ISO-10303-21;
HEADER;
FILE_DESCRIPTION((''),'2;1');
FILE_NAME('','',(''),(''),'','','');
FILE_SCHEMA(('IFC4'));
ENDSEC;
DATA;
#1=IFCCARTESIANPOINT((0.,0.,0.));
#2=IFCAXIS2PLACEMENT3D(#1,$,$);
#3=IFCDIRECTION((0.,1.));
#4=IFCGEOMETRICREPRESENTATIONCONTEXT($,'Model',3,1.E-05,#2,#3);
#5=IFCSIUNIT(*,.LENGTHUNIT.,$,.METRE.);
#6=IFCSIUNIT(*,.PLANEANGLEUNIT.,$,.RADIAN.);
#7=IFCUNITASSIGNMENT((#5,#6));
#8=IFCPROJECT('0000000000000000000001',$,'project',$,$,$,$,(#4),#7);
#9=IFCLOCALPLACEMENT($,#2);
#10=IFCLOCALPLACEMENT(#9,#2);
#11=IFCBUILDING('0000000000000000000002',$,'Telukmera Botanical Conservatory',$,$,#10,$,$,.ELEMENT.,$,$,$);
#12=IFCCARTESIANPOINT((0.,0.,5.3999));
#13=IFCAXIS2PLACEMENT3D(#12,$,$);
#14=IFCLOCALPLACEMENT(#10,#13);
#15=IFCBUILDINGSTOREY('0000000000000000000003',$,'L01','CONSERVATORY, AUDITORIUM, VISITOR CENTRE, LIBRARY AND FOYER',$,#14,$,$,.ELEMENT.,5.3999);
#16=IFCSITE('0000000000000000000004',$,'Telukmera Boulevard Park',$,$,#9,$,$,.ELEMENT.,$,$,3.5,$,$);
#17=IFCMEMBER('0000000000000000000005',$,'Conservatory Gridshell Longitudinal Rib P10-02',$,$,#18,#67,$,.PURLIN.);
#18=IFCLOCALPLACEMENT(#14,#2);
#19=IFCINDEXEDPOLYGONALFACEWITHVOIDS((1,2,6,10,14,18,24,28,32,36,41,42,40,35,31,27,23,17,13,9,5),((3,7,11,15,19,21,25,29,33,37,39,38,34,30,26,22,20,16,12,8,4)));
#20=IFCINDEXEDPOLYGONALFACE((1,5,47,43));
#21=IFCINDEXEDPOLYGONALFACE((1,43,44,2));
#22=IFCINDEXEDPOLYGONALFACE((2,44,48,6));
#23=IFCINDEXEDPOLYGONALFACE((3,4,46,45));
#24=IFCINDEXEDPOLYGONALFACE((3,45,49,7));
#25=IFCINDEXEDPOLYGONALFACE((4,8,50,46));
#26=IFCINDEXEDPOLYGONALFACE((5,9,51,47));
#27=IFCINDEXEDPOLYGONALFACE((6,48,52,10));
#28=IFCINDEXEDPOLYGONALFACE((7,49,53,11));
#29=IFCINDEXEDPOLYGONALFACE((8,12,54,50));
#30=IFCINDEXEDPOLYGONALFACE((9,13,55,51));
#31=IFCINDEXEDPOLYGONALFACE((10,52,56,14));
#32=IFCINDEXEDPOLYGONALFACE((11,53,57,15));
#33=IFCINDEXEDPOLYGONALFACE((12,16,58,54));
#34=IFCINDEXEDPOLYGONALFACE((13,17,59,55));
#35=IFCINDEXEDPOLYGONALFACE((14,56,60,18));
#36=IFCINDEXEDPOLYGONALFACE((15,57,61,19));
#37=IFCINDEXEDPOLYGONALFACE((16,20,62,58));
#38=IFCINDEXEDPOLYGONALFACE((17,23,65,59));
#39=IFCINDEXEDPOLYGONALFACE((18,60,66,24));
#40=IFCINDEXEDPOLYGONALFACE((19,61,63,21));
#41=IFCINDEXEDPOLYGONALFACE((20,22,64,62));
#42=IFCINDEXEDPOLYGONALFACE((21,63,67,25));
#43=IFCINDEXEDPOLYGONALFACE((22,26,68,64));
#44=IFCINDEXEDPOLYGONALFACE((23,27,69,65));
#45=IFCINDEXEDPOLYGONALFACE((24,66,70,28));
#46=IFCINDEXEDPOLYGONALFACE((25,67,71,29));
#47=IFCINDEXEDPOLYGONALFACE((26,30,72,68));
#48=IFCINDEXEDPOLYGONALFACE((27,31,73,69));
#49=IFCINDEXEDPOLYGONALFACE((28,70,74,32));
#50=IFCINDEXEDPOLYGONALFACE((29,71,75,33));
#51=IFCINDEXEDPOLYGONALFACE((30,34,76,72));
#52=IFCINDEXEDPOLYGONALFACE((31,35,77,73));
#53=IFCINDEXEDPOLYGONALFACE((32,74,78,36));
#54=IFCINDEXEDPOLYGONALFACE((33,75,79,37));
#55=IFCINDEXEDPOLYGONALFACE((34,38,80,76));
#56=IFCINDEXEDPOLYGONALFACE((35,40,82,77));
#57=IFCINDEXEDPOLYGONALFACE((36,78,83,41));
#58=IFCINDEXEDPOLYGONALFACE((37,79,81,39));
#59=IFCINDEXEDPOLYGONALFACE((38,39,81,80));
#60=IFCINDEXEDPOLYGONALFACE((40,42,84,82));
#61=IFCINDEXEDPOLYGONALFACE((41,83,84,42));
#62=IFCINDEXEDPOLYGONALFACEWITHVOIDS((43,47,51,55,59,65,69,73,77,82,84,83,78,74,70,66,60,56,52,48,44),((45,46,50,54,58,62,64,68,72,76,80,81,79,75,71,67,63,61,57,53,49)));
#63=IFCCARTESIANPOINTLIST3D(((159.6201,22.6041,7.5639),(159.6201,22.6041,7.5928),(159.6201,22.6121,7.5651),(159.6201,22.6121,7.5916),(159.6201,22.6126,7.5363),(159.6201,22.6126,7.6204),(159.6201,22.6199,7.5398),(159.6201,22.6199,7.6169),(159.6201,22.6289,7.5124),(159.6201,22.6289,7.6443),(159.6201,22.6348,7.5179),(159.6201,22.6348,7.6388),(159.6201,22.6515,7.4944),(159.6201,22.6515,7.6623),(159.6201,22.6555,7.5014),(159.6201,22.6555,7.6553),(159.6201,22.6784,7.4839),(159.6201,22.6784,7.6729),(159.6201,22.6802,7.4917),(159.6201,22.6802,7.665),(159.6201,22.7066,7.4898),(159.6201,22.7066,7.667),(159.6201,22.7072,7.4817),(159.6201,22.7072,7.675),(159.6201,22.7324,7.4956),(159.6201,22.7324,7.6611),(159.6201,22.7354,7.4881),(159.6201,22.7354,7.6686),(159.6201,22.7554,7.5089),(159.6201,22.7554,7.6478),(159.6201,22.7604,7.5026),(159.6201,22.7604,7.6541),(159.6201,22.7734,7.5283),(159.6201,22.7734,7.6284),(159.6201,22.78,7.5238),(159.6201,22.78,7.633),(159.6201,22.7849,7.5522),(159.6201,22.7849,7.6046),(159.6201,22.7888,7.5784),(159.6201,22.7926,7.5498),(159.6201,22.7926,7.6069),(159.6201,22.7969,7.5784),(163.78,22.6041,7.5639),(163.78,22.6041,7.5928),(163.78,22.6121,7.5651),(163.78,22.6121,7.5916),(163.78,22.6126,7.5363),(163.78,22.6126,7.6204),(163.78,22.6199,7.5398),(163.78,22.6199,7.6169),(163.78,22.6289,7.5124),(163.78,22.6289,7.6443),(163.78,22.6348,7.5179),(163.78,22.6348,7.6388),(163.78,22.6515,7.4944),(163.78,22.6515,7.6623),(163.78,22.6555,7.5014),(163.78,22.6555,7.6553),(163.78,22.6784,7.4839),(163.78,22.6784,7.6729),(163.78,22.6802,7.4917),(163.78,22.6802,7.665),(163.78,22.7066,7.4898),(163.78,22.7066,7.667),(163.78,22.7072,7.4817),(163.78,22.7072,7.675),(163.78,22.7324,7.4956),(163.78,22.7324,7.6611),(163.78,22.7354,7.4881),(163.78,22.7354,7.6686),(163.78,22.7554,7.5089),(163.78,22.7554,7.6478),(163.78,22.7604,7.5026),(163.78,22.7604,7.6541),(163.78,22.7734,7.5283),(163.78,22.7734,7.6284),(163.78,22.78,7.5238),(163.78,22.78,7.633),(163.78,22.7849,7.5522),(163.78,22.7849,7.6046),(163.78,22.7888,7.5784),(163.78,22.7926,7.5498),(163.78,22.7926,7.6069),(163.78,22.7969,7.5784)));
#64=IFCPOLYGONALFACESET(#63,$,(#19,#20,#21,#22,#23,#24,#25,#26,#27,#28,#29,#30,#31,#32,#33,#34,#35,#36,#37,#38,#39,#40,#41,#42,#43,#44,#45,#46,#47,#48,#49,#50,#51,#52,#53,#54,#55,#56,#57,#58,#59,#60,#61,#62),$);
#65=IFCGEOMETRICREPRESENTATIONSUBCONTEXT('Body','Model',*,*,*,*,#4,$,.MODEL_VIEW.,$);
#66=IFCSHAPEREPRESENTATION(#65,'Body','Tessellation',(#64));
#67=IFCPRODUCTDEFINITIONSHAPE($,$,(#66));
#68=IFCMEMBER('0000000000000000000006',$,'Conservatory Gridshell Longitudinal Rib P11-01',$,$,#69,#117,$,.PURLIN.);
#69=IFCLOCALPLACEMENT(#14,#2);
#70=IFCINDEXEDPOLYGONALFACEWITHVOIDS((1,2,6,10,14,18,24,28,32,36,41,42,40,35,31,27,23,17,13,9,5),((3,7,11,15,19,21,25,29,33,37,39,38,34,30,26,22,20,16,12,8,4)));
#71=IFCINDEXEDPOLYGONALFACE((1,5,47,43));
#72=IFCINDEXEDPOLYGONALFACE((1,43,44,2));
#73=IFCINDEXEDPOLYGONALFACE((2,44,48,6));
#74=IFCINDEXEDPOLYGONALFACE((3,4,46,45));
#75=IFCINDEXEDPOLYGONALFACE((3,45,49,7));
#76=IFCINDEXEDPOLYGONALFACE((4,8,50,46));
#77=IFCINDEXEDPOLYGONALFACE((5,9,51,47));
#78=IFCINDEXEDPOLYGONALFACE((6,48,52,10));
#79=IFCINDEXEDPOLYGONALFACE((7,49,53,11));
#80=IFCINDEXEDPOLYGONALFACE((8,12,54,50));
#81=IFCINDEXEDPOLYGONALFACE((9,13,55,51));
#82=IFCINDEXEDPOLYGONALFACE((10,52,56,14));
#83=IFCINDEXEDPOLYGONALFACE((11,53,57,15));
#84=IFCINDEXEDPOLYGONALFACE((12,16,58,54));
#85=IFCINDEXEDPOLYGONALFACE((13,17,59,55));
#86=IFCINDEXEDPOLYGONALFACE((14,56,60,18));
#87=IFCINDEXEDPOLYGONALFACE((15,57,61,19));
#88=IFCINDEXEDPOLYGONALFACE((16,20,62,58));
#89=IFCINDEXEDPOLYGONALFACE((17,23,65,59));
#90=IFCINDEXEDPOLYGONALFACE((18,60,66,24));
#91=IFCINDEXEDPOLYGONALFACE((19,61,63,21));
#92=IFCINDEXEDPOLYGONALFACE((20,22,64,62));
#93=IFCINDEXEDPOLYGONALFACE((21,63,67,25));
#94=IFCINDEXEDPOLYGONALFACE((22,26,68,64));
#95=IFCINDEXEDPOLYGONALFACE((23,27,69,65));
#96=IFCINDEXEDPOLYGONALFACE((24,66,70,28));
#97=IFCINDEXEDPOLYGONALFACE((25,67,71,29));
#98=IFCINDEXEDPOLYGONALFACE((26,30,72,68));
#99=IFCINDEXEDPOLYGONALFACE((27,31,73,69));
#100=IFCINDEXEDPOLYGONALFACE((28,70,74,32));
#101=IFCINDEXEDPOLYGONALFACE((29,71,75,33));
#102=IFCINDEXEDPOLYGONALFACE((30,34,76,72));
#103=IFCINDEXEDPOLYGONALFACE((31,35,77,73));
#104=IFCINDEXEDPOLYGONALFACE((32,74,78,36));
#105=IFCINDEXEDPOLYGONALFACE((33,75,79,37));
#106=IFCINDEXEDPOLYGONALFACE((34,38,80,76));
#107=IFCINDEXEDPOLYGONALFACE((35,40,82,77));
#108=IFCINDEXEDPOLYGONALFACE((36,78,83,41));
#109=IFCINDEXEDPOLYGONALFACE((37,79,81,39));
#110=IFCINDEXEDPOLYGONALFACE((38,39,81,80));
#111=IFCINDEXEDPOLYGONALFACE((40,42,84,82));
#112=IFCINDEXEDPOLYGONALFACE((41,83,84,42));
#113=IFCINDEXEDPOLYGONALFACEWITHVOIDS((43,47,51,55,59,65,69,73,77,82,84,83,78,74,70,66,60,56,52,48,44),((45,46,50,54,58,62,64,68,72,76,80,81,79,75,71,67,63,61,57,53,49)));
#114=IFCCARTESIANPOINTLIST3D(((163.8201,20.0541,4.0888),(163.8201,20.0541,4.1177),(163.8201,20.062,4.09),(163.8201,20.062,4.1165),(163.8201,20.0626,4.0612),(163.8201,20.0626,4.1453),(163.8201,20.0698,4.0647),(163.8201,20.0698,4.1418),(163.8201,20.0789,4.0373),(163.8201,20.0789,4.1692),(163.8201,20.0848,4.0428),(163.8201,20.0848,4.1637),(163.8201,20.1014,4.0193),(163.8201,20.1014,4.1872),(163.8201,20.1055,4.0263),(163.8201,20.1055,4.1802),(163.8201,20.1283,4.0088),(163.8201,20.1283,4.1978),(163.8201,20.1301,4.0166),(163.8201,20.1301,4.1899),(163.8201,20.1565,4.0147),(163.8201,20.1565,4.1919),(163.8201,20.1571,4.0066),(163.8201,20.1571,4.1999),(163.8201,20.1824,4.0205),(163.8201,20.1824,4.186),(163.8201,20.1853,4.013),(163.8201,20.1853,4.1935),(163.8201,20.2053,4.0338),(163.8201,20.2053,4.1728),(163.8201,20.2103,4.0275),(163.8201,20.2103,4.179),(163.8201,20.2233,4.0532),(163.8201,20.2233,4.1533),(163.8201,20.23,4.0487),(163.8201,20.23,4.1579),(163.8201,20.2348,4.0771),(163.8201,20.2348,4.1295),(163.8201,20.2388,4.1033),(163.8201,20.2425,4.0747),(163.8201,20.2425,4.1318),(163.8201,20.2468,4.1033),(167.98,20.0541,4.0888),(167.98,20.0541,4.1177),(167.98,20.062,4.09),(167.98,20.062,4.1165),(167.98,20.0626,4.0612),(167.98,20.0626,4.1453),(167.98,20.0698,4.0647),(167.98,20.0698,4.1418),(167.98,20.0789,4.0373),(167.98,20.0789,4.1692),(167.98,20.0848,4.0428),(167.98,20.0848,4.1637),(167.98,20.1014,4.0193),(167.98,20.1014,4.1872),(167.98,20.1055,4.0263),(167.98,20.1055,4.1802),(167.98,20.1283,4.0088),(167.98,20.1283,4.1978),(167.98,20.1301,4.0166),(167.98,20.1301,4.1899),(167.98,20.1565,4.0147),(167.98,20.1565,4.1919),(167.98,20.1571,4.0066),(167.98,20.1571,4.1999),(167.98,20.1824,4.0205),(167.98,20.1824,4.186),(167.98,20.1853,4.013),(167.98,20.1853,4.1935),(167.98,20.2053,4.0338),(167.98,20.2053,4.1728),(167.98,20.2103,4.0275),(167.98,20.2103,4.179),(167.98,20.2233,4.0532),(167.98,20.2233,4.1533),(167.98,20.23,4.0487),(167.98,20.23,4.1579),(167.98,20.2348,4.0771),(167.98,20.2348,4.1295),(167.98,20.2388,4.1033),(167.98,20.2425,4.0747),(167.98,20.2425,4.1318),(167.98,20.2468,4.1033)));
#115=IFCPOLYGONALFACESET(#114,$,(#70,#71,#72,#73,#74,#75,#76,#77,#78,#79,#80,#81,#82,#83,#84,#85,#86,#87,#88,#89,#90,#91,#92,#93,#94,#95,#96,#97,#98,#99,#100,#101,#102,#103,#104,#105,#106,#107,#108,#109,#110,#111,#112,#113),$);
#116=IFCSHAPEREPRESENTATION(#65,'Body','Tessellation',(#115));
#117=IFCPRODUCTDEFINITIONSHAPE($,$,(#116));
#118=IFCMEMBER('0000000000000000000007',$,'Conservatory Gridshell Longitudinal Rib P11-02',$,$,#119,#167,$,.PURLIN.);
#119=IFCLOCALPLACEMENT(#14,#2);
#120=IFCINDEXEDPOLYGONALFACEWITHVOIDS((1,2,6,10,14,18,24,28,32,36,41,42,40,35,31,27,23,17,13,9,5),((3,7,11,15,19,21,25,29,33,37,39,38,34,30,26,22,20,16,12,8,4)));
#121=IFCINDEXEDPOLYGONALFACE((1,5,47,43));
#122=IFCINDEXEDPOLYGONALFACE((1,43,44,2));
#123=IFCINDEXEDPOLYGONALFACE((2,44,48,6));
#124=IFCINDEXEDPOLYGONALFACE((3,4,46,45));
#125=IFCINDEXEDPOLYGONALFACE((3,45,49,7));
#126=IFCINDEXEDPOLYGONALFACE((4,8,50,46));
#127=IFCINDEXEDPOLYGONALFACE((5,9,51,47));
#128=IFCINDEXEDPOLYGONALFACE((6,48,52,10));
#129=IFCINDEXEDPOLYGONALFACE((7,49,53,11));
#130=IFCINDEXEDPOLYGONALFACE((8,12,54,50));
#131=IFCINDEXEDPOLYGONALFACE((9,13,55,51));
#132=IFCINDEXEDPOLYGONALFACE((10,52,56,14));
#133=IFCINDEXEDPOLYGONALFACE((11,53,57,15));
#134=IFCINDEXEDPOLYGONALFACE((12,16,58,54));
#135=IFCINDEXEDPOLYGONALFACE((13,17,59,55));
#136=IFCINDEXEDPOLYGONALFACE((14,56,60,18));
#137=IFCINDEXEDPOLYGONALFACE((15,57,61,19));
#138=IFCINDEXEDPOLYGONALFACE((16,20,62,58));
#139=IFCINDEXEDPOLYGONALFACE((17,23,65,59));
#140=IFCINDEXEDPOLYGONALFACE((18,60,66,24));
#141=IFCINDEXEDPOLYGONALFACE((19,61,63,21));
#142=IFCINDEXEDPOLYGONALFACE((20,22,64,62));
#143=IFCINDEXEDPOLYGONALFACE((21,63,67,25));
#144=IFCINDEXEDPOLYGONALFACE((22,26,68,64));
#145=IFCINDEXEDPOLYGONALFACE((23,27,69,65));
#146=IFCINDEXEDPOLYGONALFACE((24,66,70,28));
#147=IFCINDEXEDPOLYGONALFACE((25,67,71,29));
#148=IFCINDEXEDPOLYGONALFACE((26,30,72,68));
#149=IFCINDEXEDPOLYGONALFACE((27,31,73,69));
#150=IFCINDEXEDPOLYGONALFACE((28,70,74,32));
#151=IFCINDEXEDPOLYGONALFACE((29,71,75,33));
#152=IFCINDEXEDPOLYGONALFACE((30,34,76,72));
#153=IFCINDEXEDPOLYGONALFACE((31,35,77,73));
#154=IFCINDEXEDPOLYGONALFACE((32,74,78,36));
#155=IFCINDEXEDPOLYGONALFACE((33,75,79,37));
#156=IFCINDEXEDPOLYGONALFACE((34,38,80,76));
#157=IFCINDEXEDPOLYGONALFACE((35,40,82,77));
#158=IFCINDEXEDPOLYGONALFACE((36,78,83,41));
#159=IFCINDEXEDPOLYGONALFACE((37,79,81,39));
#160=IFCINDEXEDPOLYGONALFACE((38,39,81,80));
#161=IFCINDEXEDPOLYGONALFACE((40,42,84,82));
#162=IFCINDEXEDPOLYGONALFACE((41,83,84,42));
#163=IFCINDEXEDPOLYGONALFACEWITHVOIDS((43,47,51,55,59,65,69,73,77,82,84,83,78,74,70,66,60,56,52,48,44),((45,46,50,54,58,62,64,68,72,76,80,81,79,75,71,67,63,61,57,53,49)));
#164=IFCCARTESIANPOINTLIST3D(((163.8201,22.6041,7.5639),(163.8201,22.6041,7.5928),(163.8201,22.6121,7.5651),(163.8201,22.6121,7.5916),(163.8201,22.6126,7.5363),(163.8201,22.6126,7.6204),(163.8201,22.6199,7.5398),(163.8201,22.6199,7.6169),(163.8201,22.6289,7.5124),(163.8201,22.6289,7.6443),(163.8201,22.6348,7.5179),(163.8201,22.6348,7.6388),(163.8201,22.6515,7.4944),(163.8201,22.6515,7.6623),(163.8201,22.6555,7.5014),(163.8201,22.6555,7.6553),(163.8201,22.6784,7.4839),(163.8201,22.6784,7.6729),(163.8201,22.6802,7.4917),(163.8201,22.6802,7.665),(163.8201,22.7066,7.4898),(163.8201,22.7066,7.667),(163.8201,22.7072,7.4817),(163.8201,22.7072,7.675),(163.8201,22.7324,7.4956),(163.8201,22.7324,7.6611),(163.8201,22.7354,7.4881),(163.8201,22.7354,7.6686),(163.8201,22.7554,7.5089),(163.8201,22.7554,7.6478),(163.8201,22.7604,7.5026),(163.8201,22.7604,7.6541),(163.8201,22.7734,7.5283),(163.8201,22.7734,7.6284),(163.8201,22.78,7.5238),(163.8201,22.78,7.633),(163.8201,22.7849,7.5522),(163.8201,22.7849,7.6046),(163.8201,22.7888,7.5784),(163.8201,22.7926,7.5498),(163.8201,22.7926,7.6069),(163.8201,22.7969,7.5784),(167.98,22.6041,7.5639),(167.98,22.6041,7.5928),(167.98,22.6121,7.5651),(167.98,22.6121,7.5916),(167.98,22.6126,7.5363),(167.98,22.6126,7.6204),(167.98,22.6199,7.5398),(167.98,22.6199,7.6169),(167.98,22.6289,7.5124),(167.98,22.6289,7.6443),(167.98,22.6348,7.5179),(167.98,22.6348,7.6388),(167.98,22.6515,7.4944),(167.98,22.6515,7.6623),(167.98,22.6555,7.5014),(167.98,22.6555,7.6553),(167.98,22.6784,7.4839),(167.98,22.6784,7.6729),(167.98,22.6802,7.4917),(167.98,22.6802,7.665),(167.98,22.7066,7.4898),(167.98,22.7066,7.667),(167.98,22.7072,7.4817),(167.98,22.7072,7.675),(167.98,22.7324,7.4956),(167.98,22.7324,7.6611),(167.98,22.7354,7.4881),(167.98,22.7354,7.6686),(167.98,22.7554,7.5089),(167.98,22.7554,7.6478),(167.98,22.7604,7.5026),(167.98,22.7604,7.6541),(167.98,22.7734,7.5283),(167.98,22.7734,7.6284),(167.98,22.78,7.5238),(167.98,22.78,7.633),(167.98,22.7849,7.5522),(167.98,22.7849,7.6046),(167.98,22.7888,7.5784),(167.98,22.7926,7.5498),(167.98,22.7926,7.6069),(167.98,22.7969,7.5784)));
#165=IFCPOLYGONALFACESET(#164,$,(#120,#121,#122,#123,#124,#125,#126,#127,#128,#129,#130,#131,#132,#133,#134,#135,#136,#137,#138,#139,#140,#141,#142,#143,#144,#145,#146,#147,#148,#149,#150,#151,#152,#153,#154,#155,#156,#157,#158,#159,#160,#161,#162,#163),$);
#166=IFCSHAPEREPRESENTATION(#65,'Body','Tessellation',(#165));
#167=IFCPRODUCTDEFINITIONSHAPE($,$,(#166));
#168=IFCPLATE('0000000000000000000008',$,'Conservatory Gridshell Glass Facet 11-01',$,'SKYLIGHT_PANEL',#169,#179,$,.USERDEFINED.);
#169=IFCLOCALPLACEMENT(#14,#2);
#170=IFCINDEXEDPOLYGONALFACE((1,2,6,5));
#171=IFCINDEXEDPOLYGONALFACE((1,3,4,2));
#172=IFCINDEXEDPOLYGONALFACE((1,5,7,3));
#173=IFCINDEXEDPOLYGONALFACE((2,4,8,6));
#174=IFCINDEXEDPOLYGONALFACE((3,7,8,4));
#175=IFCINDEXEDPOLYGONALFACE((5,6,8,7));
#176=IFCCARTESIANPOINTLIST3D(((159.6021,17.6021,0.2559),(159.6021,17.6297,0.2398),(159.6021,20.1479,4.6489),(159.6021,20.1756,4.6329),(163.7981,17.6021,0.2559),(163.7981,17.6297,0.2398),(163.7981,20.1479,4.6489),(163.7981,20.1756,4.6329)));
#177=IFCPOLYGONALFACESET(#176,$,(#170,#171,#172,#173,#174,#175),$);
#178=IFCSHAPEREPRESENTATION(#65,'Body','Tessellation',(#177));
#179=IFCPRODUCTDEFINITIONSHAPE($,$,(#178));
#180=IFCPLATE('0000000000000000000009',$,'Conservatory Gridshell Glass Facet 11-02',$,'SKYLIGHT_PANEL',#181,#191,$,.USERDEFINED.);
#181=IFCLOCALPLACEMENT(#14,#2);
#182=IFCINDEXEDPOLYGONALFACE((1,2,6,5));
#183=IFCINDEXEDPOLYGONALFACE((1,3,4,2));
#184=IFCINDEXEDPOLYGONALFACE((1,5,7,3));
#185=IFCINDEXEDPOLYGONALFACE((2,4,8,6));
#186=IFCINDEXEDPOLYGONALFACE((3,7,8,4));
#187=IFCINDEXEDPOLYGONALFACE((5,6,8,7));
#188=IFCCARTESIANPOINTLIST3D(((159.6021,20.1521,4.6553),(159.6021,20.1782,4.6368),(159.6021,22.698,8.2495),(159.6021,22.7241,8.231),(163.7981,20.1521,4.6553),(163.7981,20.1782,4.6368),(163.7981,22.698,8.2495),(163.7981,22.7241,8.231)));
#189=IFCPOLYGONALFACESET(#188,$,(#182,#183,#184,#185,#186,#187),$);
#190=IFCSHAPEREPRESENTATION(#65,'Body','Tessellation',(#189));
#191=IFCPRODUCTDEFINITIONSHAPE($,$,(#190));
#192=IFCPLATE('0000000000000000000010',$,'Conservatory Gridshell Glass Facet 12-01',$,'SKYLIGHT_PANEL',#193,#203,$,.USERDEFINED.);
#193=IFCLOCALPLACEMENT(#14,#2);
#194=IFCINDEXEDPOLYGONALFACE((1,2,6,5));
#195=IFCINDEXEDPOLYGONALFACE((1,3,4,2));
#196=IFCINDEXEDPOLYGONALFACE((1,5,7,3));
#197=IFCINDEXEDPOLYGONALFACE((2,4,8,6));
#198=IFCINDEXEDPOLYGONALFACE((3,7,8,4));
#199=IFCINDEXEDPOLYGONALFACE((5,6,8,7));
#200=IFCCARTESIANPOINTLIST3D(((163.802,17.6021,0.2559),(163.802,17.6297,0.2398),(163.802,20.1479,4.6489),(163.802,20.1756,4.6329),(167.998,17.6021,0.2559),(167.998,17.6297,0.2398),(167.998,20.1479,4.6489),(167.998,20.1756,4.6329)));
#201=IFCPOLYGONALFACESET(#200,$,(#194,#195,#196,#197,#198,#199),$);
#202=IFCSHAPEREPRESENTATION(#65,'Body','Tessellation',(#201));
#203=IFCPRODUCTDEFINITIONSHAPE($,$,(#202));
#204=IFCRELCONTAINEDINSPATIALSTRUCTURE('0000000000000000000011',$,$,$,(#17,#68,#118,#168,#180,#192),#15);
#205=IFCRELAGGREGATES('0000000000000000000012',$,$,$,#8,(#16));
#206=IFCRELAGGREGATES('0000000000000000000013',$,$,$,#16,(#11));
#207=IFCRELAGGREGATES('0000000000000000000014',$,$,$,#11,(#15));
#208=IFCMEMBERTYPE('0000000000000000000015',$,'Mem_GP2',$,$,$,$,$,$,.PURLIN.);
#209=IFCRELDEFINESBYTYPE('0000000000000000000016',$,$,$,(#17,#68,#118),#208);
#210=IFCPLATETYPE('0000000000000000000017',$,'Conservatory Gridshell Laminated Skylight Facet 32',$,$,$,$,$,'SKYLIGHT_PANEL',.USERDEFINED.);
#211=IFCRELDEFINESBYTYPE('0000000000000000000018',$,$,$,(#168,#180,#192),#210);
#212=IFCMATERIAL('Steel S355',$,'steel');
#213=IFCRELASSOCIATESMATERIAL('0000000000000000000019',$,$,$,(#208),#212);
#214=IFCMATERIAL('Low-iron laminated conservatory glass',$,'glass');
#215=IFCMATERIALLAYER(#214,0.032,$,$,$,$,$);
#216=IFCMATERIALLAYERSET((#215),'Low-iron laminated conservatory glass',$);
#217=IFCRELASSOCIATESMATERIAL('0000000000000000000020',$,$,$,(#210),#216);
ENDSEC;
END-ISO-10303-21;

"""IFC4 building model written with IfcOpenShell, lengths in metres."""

from ifc_helpers import new_model, si_unit, direction, frame, origin, origin_2d, place, context, subcontext, project, spatial, polyline, hollow_circle, outline, extrude, material, layer, layer_set, material_profile, profile_set, type_object, element, save


model = new_model("IFC4")

# Units and contexts
model_context = context("Model", 3, precision=1e-05, world=origin(), true_north=direction((0.0, 1.0)))
body_context = subcontext(model_context, "Body", "Model", "MODEL_VIEW")
ifc_project = project(units=[si_unit("LENGTHUNIT", "METRE"), si_unit("PLANEANGLEUNIT", "RADIAN")], contexts=[model_context])

# Site, building, storey
site_placement = place(None, origin())
site = spatial("IfcSite", under=ifc_project, at=site_placement, Name="Telukmera Boulevard Park", CompositionType="ELEMENT", RefElevation=3.5)
building_placement = place(site_placement, origin())
building = spatial("IfcBuilding", under=site, at=building_placement, Name="Telukmera Botanical Conservatory", CompositionType="ELEMENT")
storey_placement = place(building_placement, frame((0.0, 0.0, 5.3999)))
storey = spatial("IfcBuildingStorey", under=building, at=storey_placement, Name="L01", Description="CONSERVATORY, AUDITORIUM, VISITOR CENTRE, LIBRARY AND FOYER", CompositionType="ELEMENT", Elevation=5.3999)

# Shared definitions
ifc_material_1 = material(Name="Steel S355", Category="steel")

# Members
ifc_material_profile_1 = material_profile(ifc_material_1, hollow_circle(Radius=0.0969, WallThickness=0.0081, at=origin_2d()), Name="CHS 193.7x8.0")
ifc_profile_set_1 = profile_set([ifc_material_profile_1], Name="Steel S355")
member_type_1 = type_object("IfcMemberType", Name="Mem_GP2", PredefinedType="PURLIN", material=ifc_profile_set_1)
for number, where, z_axis, x_axis, name in (
    (1, (159.6201, 22.7, 7.5784), (1.0, 0.0, 0.0), (0.0, 1.0, 0.0), "Conservatory Gridshell Longitudinal Rib P10-02"),
    (2, (163.8201, 20.1499, 4.1033), (1.0, 0.0, 0.0), (0.0, 1.0, 0.0), "Conservatory Gridshell Longitudinal Rib P11-01"),
    (3, (163.8201, 22.7, 7.5784), (1.0, 0.0, 0.0), (0.0, 1.0, 0.0), "Conservatory Gridshell Longitudinal Rib P11-02"),
):
    element("IfcMember", number, at=place(storey_placement, frame(where, z_axis=z_axis, x_axis=x_axis)), inside=storey, type_object=member_type_1, Name=name, PredefinedType="PURLIN", context=body_context, shape_type="SweptSolid", body=[
        extrude(hollow_circle(Radius=0.0969, WallThickness=0.0081, at=origin_2d()), origin(), (0.0, 0.0, 1.0), 4.1599),
    ])

# Plates
ifc_material_2 = material(Name="Low-iron laminated conservatory glass", Category="glass")
ifc_layer_1 = layer(ifc_material_2, 0.032)
ifc_layer_set_1 = layer_set([ifc_layer_1], Name="Low-iron laminated conservatory glass")
plate_type_1 = type_object("IfcPlateType", Name="Conservatory Gridshell Laminated Skylight Facet 32", ElementType="SKYLIGHT_PANEL", PredefinedType="USERDEFINED", material=ifc_layer_set_1)
plate_1_placement = place(storey_placement, frame((159.6021, 17.6021, 0.2559), z_axis=(0.0, -0.865209, 0.501412), x_axis=(1.0, 0.0, 0.0)))
element("IfcPlate", 4, at=plate_1_placement, inside=storey, type_object=plate_type_1, Name="Conservatory Gridshell Glass Facet 11-01", ObjectType="SKYLIGHT_PANEL", PredefinedType="USERDEFINED", context=body_context, shape_type="SweptSolid", body=[
    extrude(outline(polyline([(0.0, 0.0), (4.196, 0.0), (4.196, 5.0775), (0.0, 5.0775), (0.0, 0.0)])), origin(), (0.0, 0.0, -1.0), 0.032),
])
plate_2_placement = place(storey_placement, frame((159.6021, 20.1521, 4.6553), z_axis=(0.0, -0.816027, 0.578014), x_axis=(1.0, 0.0, 0.0)))
element("IfcPlate", 5, at=plate_2_placement, inside=storey, type_object=plate_type_1, Name="Conservatory Gridshell Glass Facet 11-02", ObjectType="SKYLIGHT_PANEL", PredefinedType="USERDEFINED", context=body_context, shape_type="SweptSolid", body=[
    extrude(outline(polyline([(0.0, 0.0), (4.196, 0.0), (4.196, 4.4046), (0.0, 4.4046), (0.0, 0.0)])), origin(), (0.0, 0.0, -1.0), 0.032),
])
plate_3_placement = place(storey_placement, frame((163.802, 17.6021, 0.2559), z_axis=(0.0, -0.865209, 0.501412), x_axis=(1.0, 0.0, 0.0)))
element("IfcPlate", 6, at=plate_3_placement, inside=storey, type_object=plate_type_1, Name="Conservatory Gridshell Glass Facet 12-01", ObjectType="SKYLIGHT_PANEL", PredefinedType="USERDEFINED", context=body_context, shape_type="SweptSolid", body=[
    extrude(outline(polyline([(0.0, 0.0), (4.196, 0.0), (4.196, 5.0775), (0.0, 5.0775), (0.0, 0.0)])), origin(), (0.0, 0.0, -1.0), 0.032),
])

save(model, "model.ifc")
